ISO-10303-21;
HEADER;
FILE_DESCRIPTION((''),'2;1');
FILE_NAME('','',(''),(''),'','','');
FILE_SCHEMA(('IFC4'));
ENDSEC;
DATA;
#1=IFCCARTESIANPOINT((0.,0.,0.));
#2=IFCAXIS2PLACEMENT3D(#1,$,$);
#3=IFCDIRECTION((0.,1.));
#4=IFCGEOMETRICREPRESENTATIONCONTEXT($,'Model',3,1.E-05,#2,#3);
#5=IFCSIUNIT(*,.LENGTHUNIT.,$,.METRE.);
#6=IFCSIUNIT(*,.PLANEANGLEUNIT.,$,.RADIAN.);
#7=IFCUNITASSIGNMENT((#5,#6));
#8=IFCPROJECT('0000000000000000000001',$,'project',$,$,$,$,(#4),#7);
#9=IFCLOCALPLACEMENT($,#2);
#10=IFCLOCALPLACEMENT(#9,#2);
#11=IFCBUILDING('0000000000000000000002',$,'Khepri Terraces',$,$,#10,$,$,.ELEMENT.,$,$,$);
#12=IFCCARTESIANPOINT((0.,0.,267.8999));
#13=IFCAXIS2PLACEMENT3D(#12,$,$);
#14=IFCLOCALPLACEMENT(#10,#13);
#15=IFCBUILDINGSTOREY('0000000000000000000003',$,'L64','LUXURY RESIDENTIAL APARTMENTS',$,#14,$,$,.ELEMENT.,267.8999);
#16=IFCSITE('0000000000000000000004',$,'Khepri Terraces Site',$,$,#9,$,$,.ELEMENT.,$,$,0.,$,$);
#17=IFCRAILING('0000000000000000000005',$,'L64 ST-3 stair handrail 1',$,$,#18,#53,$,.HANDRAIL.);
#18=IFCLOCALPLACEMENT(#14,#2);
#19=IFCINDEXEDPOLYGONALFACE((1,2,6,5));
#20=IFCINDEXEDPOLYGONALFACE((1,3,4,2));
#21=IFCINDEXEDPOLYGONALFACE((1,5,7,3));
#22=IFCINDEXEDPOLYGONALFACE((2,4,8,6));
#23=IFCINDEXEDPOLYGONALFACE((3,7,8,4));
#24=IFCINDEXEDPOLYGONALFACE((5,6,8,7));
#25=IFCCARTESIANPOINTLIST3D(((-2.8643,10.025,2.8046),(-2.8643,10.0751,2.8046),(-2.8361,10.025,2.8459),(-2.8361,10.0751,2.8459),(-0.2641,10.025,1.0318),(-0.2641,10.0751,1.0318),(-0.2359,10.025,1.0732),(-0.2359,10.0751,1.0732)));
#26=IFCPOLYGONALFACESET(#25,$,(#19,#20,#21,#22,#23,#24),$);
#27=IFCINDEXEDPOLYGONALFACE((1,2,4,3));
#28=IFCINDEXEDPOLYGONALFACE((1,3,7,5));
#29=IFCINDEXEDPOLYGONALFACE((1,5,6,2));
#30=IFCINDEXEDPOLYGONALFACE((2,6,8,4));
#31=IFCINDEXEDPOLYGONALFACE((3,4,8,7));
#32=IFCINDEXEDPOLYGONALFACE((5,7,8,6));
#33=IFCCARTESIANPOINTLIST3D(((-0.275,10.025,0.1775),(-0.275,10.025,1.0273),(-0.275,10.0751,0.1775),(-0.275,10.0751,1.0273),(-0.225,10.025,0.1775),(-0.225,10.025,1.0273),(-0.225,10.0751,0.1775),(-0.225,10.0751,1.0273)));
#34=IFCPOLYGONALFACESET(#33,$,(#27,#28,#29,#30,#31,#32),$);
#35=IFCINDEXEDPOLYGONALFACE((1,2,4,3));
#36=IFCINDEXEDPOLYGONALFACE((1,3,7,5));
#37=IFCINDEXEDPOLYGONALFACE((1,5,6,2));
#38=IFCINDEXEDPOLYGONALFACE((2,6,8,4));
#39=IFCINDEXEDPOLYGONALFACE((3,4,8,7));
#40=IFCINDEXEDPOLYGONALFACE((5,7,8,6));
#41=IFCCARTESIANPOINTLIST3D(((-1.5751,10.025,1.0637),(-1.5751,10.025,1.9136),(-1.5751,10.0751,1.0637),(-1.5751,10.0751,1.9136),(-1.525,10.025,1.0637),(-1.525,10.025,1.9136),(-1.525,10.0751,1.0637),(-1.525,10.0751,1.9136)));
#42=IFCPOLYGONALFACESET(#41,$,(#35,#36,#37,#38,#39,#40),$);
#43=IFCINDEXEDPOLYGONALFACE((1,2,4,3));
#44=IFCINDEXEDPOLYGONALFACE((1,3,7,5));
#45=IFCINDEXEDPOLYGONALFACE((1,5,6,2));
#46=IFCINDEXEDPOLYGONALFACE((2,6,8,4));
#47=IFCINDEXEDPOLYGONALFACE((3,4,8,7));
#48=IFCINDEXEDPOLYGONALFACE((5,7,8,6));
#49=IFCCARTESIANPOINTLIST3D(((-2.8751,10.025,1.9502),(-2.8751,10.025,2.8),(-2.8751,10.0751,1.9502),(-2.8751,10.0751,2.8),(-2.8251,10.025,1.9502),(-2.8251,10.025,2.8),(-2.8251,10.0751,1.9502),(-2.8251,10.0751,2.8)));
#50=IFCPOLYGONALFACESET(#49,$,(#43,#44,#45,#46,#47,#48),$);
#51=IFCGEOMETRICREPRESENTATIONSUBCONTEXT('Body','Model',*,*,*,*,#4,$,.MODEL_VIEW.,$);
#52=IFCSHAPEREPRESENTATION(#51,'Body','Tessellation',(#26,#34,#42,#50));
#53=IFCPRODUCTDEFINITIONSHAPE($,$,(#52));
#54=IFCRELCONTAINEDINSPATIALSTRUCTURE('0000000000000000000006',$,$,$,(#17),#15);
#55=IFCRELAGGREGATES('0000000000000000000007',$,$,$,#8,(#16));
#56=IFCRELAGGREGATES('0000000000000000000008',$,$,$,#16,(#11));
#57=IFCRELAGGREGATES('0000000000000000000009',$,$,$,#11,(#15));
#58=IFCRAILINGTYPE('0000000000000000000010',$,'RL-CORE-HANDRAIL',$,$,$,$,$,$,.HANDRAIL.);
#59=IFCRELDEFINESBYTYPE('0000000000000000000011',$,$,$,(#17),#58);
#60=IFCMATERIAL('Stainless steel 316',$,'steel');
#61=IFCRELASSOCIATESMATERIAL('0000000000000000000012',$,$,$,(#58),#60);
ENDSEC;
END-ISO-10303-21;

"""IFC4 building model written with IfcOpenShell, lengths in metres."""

from ifc_helpers import new_model, si_unit, direction, frame, origin, origin_2d, place, context, subcontext, project, spatial, rectangle, extrude, material, type_object, element, save


model = new_model("IFC4")

# Units and contexts
model_context = context("Model", 3, precision=1e-05, world=origin(), true_north=direction((0.0, 1.0)))
body_context = subcontext(model_context, "Body", "Model", "MODEL_VIEW")
ifc_project = project(units=[si_unit("LENGTHUNIT", "METRE"), si_unit("PLANEANGLEUNIT", "RADIAN")], contexts=[model_context])

# Site, building, storey
site_placement = place(None, origin())
site = spatial("IfcSite", under=ifc_project, at=site_placement, Name="Khepri Terraces Site", CompositionType="ELEMENT", RefElevation=0.0)
building_placement = place(site_placement, origin())
building = spatial("IfcBuilding", under=site, at=building_placement, Name="Khepri Terraces", CompositionType="ELEMENT")
storey_placement = place(building_placement, frame((0.0, 0.0, 267.8999)))
storey = spatial("IfcBuildingStorey", under=building, at=storey_placement, Name="L64", Description="LUXURY RESIDENTIAL APARTMENTS", CompositionType="ELEMENT", Elevation=267.8999)

# Railing
ifc_material_1 = material(Name="Stainless steel 316", Category="steel")
railing_type_1 = type_object("IfcRailingType", Name="RL-CORE-HANDRAIL", PredefinedType="HANDRAIL", material=ifc_material_1)
railing_1_placement = place(storey_placement, frame((-0.25, 10.05, 0.1775)))
element("IfcRailing", 1, at=railing_1_placement, inside=storey, type_object=railing_type_1, Name="L64 ST-3 stair handrail 1", PredefinedType="HANDRAIL", context=body_context, shape_type="SweptSolid", body=[
    extrude(rectangle(XDim=0.05, YDim=0.05, at=origin_2d()), frame((0.0, 0.0, 0.875), z_axis=(-0.82624, 0.0, 0.563318), x_axis=(0.0, -1.0, 0.0)), (0.0, 0.0, 1.0), 3.147),
    extrude(rectangle(XDim=0.05, YDim=0.05, at=origin_2d()), origin(), (0.0, 0.0, 1.0), 0.8499),
    extrude(rectangle(XDim=0.05, YDim=0.05, at=origin_2d()), frame((-1.3, 0.0, 0.8862)), (0.0, 0.0, 1.0), 0.8499),
    extrude(rectangle(XDim=0.05, YDim=0.05, at=origin_2d()), frame((-2.6001, 0.0, 1.7727)), (0.0, 0.0, 1.0), 0.8499),
])

save(model, "model.ifc")
